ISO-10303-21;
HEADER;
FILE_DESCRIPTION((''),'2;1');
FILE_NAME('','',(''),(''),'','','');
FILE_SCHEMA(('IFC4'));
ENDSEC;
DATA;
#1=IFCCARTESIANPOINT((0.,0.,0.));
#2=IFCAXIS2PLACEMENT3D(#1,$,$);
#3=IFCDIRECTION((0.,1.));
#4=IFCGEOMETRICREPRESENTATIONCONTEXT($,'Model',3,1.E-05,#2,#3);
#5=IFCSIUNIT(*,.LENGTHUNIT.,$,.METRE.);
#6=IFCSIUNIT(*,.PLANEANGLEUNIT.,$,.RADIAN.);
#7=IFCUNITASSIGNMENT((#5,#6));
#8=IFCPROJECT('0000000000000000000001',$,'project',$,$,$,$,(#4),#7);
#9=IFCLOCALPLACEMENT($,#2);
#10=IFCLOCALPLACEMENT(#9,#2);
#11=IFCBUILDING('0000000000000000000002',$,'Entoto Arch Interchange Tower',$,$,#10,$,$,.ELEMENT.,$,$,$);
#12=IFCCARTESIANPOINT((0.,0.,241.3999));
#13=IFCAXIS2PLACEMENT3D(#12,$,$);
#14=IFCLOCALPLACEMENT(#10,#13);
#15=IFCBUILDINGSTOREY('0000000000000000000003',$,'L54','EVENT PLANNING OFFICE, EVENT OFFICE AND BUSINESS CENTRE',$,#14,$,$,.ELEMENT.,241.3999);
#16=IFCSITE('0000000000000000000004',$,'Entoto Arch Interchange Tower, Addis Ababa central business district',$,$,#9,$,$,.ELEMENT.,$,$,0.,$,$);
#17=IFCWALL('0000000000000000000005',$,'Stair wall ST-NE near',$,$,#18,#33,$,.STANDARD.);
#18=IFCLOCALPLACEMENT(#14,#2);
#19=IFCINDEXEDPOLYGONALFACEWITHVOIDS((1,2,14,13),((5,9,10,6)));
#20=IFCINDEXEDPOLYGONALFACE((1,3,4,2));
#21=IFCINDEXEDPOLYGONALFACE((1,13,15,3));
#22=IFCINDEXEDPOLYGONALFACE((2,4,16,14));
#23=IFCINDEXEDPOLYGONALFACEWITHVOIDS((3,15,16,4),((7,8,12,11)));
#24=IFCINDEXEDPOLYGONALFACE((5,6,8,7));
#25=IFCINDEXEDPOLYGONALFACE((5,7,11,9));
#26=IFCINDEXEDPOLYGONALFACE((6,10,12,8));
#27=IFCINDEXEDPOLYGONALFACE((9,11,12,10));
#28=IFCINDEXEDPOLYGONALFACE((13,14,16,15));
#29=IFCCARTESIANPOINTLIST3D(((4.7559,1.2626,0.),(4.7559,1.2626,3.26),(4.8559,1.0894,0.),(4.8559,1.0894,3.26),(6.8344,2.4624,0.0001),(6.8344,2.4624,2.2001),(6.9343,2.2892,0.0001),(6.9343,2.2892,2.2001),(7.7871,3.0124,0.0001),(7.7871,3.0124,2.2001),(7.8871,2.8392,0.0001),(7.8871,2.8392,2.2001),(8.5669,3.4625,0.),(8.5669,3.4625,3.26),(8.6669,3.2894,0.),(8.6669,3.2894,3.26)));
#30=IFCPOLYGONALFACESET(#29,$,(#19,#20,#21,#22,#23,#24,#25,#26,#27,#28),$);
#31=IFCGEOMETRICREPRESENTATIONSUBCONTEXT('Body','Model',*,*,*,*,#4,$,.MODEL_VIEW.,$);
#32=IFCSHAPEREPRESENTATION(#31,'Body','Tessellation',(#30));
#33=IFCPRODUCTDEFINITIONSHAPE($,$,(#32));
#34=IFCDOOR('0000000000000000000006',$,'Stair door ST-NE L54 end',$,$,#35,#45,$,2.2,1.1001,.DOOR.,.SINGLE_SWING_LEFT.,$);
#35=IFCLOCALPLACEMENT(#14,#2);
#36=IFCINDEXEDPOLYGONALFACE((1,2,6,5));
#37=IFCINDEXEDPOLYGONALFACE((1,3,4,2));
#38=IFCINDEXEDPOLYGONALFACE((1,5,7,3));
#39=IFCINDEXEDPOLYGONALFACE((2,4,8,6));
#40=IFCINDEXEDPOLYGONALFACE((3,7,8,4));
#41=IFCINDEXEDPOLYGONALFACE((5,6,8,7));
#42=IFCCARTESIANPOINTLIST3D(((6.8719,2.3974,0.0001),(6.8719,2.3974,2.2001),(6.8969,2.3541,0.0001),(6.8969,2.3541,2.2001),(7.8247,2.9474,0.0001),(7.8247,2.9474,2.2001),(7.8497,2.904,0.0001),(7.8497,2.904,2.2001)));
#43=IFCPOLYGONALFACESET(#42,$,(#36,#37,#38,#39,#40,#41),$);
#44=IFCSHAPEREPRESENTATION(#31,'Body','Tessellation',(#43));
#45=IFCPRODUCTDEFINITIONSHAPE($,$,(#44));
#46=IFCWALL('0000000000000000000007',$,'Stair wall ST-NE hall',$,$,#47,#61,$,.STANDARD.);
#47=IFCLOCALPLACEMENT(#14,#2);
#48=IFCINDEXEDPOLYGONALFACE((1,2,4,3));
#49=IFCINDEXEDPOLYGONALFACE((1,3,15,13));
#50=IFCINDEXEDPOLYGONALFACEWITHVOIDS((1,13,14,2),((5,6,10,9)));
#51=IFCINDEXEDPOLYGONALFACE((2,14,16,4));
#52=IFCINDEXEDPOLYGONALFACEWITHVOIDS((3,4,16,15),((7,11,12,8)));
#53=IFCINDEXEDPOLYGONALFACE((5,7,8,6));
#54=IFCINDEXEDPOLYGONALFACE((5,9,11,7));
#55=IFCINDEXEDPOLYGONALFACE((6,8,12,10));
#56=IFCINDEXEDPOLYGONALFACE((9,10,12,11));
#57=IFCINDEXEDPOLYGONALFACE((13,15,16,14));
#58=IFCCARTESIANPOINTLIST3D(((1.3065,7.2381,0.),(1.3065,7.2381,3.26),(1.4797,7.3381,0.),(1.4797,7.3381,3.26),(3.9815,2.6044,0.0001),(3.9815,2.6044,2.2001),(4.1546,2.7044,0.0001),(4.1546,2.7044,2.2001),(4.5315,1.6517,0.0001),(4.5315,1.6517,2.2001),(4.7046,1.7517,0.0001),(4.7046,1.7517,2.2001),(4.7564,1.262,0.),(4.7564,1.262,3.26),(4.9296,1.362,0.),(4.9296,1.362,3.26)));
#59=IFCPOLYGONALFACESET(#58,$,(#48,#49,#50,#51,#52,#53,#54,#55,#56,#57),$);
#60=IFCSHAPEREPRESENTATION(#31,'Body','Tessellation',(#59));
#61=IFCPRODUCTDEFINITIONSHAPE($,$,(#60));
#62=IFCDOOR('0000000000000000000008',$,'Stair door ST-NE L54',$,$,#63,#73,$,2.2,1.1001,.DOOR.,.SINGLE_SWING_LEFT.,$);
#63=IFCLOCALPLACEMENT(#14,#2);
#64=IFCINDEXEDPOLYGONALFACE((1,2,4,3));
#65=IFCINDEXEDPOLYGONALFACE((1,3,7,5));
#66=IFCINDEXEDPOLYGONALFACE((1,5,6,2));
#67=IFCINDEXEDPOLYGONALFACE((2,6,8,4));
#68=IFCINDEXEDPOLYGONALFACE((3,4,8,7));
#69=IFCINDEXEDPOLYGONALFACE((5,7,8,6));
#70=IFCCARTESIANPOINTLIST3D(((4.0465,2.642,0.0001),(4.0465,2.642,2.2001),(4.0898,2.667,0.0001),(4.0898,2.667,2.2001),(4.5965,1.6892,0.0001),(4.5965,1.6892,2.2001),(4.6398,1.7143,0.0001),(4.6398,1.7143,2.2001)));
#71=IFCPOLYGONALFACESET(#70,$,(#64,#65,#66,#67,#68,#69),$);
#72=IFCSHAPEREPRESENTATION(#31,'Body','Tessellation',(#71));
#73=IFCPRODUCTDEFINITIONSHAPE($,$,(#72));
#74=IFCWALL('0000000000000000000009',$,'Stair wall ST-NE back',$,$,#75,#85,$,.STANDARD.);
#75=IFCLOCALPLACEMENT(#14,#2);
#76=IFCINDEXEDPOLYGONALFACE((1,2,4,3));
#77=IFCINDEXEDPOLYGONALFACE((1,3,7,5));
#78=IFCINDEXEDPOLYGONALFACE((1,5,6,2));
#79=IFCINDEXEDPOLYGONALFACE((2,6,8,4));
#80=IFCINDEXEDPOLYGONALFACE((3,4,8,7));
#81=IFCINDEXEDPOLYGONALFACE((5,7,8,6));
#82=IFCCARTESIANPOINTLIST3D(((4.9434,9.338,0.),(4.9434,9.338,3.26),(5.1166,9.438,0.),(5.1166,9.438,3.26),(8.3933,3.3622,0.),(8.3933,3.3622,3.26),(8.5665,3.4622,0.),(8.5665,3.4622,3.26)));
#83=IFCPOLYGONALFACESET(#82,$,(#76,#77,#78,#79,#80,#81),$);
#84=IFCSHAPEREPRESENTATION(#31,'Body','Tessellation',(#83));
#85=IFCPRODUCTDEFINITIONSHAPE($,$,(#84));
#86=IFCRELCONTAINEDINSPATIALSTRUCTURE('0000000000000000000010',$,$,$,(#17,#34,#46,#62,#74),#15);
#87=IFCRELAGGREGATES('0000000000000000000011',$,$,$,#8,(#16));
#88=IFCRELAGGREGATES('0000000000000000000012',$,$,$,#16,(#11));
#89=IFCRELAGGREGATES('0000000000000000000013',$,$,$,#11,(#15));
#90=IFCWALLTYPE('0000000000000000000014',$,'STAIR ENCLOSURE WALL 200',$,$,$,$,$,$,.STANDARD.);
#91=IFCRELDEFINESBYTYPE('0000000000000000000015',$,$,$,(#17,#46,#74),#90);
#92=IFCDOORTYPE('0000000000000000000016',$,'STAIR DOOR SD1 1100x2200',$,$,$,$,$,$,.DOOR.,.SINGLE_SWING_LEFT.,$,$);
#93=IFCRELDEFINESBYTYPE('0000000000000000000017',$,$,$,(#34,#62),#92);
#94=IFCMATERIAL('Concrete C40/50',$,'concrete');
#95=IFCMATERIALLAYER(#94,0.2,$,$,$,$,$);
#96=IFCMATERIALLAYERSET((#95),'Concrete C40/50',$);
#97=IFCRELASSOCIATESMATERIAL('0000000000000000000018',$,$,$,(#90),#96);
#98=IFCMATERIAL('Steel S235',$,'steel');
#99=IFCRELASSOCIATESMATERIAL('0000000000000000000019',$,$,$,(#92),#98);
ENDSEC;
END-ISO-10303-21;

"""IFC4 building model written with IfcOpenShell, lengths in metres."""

from ifc_helpers import new_model, si_unit, direction, frame, frame_2d, origin, place, context, subcontext, project, spatial, rectangle, extrude, material, layer, layer_set, type_object, element, fill, save


model = new_model("IFC4")

# Units and contexts
model_context = context("Model", 3, precision=1e-05, world=origin(), true_north=direction((0.0, 1.0)))
body_context = subcontext(model_context, "Body", "Model", "MODEL_VIEW")
ifc_project = project(units=[si_unit("LENGTHUNIT", "METRE"), si_unit("PLANEANGLEUNIT", "RADIAN")], contexts=[model_context])

# Site, building, storey
site_placement = place(None, origin())
site = spatial("IfcSite", under=ifc_project, at=site_placement, Name="Entoto Arch Interchange Tower, Addis Ababa central business district", CompositionType="ELEMENT", RefElevation=0.0)
building_placement = place(site_placement, origin())
building = spatial("IfcBuilding", under=site, at=building_placement, Name="Entoto Arch Interchange Tower", CompositionType="ELEMENT")
storey_placement = place(building_placement, frame((0.0, 0.0, 241.3999)))
storey = spatial("IfcBuildingStorey", under=building, at=storey_placement, Name="L54", Description="EVENT PLANNING OFFICE, EVENT OFFICE AND BUSINESS CENTRE", CompositionType="ELEMENT", Elevation=241.3999)

# Shared definitions
ifc_material_1 = material(Name="Concrete C40/50", Category="concrete")

# Walls, openings, doors
ifc_layer_1 = layer(ifc_material_1, 0.2)
ifc_layer_set_1 = layer_set([ifc_layer_1], Name="Concrete C40/50")
wall_type_1 = type_object("IfcWallType", Name="STAIR ENCLOSURE WALL 200", PredefinedType="STANDARD", material=ifc_layer_set_1)
wall_1_placement = place(storey_placement, frame((4.8059, 1.176, 0.0), z_axis=(0.0, 0.0, 1.0), x_axis=(0.86606, 0.49994, 0.0)))
wall_1 = element("IfcWall", 1, at=wall_1_placement, inside=storey, type_object=wall_type_1, Name="Stair wall ST-NE near", PredefinedType="STANDARD", context=body_context, shape_type="SweptSolid", body=[
    extrude(rectangle(XDim=4.4004, YDim=0.2, at=frame_2d((2.2002, 0.0))), origin(), (0.0, 0.0, 1.0), 3.26),
])
opening_1_placement = place(wall_1_placement, frame((2.3999, 0.0, 0.0)))
opening_1 = element("IfcOpeningElement", 2, at=opening_1_placement, cuts=wall_1, PredefinedType="OPENING", context=body_context, shape_type="SweptSolid", body=[
    extrude(rectangle(XDim=1.1001, YDim=2.2, at=frame_2d((0.55, 1.1001))), frame((0.0, 0.1099, 0.0), z_axis=(0.0, -1.0, 0.0), x_axis=(1.0, 0.0, 0.0)), (0.0, 0.0, 1.0), 0.22),
])
ifc_material_2 = material(Name="Steel S235", Category="steel")
door_type_1 = type_object("IfcDoorType", Name="STAIR DOOR SD1 1100x2200", OperationType="SINGLE_SWING_LEFT", PredefinedType="DOOR", material=ifc_material_2)
door_1_placement = place(opening_1_placement, origin())
door_1 = element("IfcDoor", 3, at=door_1_placement, inside=storey, type_object=door_type_1, Name="Stair door ST-NE L54 end", OperationType="SINGLE_SWING_LEFT", OverallHeight=2.2, OverallWidth=1.1001, PredefinedType="DOOR", context=body_context, shape_type="SweptSolid", body=[
    extrude(rectangle(XDim=1.1001, YDim=2.2, at=frame_2d((0.55, 1.1001))), frame((0.0, 0.0249, 0.0), z_axis=(0.0, -1.0, 0.0), x_axis=(1.0, 0.0, 0.0)), (0.0, 0.0, 1.0), 0.05),
])
fill(opening_1, door_1)
wall_2_placement = place(storey_placement, frame((4.843, 1.312, 0.0), z_axis=(0.0, 0.0, 1.0), x_axis=(-0.499963, 0.866047, 0.0)))
wall_2 = element("IfcWall", 4, at=wall_2_placement, inside=storey, type_object=wall_type_1, Name="Stair wall ST-NE hall", PredefinedType="STANDARD", context=body_context, shape_type="SweptSolid", body=[
    extrude(rectangle(XDim=6.9004, YDim=0.2, at=frame_2d((3.4502, 0.0))), origin(), (0.0, 0.0, 1.0), 3.26),
])
opening_2_placement = place(wall_2_placement, frame((0.45, 0.0, 0.0)))
opening_2 = element("IfcOpeningElement", 5, at=opening_2_placement, cuts=wall_2, PredefinedType="OPENING", context=body_context, shape_type="SweptSolid", body=[
    extrude(rectangle(XDim=1.1001, YDim=2.2, at=frame_2d((0.55, 1.1001))), frame((0.0, 0.1099, 0.0), z_axis=(0.0, -1.0, 0.0), x_axis=(1.0, 0.0, 0.0)), (0.0, 0.0, 1.0), 0.22),
])
door_2_placement = place(opening_2_placement, origin())
door_2 = element("IfcDoor", 6, at=door_2_placement, inside=storey, type_object=door_type_1, Name="Stair door ST-NE L54", OperationType="SINGLE_SWING_LEFT", OverallHeight=2.2, OverallWidth=1.1001, PredefinedType="DOOR", context=body_context, shape_type="SweptSolid", body=[
    extrude(rectangle(XDim=1.1001, YDim=2.2, at=frame_2d((0.55, 1.1001))), frame((0.0, 0.0249, 0.0), z_axis=(0.0, -1.0, 0.0), x_axis=(1.0, 0.0, 0.0)), (0.0, 0.0, 1.0), 0.05),
])
fill(opening_2, door_2)

# Wall
wall_3_placement = place(storey_placement, frame((8.48, 3.4121, 0.0), z_axis=(0.0, 0.0, 1.0), x_axis=(-0.499979, 0.866038, 0.0)))
element("IfcWall", 7, at=wall_3_placement, inside=storey, type_object=wall_type_1, Name="Stair wall ST-NE back", PredefinedType="STANDARD", context=body_context, shape_type="SweptSolid", body=[
    extrude(rectangle(XDim=6.9001, YDim=0.2, at=frame_2d((3.4502, 0.0))), origin(), (0.0, 0.0, 1.0), 3.26),
])

save(model, "model.ifc")
